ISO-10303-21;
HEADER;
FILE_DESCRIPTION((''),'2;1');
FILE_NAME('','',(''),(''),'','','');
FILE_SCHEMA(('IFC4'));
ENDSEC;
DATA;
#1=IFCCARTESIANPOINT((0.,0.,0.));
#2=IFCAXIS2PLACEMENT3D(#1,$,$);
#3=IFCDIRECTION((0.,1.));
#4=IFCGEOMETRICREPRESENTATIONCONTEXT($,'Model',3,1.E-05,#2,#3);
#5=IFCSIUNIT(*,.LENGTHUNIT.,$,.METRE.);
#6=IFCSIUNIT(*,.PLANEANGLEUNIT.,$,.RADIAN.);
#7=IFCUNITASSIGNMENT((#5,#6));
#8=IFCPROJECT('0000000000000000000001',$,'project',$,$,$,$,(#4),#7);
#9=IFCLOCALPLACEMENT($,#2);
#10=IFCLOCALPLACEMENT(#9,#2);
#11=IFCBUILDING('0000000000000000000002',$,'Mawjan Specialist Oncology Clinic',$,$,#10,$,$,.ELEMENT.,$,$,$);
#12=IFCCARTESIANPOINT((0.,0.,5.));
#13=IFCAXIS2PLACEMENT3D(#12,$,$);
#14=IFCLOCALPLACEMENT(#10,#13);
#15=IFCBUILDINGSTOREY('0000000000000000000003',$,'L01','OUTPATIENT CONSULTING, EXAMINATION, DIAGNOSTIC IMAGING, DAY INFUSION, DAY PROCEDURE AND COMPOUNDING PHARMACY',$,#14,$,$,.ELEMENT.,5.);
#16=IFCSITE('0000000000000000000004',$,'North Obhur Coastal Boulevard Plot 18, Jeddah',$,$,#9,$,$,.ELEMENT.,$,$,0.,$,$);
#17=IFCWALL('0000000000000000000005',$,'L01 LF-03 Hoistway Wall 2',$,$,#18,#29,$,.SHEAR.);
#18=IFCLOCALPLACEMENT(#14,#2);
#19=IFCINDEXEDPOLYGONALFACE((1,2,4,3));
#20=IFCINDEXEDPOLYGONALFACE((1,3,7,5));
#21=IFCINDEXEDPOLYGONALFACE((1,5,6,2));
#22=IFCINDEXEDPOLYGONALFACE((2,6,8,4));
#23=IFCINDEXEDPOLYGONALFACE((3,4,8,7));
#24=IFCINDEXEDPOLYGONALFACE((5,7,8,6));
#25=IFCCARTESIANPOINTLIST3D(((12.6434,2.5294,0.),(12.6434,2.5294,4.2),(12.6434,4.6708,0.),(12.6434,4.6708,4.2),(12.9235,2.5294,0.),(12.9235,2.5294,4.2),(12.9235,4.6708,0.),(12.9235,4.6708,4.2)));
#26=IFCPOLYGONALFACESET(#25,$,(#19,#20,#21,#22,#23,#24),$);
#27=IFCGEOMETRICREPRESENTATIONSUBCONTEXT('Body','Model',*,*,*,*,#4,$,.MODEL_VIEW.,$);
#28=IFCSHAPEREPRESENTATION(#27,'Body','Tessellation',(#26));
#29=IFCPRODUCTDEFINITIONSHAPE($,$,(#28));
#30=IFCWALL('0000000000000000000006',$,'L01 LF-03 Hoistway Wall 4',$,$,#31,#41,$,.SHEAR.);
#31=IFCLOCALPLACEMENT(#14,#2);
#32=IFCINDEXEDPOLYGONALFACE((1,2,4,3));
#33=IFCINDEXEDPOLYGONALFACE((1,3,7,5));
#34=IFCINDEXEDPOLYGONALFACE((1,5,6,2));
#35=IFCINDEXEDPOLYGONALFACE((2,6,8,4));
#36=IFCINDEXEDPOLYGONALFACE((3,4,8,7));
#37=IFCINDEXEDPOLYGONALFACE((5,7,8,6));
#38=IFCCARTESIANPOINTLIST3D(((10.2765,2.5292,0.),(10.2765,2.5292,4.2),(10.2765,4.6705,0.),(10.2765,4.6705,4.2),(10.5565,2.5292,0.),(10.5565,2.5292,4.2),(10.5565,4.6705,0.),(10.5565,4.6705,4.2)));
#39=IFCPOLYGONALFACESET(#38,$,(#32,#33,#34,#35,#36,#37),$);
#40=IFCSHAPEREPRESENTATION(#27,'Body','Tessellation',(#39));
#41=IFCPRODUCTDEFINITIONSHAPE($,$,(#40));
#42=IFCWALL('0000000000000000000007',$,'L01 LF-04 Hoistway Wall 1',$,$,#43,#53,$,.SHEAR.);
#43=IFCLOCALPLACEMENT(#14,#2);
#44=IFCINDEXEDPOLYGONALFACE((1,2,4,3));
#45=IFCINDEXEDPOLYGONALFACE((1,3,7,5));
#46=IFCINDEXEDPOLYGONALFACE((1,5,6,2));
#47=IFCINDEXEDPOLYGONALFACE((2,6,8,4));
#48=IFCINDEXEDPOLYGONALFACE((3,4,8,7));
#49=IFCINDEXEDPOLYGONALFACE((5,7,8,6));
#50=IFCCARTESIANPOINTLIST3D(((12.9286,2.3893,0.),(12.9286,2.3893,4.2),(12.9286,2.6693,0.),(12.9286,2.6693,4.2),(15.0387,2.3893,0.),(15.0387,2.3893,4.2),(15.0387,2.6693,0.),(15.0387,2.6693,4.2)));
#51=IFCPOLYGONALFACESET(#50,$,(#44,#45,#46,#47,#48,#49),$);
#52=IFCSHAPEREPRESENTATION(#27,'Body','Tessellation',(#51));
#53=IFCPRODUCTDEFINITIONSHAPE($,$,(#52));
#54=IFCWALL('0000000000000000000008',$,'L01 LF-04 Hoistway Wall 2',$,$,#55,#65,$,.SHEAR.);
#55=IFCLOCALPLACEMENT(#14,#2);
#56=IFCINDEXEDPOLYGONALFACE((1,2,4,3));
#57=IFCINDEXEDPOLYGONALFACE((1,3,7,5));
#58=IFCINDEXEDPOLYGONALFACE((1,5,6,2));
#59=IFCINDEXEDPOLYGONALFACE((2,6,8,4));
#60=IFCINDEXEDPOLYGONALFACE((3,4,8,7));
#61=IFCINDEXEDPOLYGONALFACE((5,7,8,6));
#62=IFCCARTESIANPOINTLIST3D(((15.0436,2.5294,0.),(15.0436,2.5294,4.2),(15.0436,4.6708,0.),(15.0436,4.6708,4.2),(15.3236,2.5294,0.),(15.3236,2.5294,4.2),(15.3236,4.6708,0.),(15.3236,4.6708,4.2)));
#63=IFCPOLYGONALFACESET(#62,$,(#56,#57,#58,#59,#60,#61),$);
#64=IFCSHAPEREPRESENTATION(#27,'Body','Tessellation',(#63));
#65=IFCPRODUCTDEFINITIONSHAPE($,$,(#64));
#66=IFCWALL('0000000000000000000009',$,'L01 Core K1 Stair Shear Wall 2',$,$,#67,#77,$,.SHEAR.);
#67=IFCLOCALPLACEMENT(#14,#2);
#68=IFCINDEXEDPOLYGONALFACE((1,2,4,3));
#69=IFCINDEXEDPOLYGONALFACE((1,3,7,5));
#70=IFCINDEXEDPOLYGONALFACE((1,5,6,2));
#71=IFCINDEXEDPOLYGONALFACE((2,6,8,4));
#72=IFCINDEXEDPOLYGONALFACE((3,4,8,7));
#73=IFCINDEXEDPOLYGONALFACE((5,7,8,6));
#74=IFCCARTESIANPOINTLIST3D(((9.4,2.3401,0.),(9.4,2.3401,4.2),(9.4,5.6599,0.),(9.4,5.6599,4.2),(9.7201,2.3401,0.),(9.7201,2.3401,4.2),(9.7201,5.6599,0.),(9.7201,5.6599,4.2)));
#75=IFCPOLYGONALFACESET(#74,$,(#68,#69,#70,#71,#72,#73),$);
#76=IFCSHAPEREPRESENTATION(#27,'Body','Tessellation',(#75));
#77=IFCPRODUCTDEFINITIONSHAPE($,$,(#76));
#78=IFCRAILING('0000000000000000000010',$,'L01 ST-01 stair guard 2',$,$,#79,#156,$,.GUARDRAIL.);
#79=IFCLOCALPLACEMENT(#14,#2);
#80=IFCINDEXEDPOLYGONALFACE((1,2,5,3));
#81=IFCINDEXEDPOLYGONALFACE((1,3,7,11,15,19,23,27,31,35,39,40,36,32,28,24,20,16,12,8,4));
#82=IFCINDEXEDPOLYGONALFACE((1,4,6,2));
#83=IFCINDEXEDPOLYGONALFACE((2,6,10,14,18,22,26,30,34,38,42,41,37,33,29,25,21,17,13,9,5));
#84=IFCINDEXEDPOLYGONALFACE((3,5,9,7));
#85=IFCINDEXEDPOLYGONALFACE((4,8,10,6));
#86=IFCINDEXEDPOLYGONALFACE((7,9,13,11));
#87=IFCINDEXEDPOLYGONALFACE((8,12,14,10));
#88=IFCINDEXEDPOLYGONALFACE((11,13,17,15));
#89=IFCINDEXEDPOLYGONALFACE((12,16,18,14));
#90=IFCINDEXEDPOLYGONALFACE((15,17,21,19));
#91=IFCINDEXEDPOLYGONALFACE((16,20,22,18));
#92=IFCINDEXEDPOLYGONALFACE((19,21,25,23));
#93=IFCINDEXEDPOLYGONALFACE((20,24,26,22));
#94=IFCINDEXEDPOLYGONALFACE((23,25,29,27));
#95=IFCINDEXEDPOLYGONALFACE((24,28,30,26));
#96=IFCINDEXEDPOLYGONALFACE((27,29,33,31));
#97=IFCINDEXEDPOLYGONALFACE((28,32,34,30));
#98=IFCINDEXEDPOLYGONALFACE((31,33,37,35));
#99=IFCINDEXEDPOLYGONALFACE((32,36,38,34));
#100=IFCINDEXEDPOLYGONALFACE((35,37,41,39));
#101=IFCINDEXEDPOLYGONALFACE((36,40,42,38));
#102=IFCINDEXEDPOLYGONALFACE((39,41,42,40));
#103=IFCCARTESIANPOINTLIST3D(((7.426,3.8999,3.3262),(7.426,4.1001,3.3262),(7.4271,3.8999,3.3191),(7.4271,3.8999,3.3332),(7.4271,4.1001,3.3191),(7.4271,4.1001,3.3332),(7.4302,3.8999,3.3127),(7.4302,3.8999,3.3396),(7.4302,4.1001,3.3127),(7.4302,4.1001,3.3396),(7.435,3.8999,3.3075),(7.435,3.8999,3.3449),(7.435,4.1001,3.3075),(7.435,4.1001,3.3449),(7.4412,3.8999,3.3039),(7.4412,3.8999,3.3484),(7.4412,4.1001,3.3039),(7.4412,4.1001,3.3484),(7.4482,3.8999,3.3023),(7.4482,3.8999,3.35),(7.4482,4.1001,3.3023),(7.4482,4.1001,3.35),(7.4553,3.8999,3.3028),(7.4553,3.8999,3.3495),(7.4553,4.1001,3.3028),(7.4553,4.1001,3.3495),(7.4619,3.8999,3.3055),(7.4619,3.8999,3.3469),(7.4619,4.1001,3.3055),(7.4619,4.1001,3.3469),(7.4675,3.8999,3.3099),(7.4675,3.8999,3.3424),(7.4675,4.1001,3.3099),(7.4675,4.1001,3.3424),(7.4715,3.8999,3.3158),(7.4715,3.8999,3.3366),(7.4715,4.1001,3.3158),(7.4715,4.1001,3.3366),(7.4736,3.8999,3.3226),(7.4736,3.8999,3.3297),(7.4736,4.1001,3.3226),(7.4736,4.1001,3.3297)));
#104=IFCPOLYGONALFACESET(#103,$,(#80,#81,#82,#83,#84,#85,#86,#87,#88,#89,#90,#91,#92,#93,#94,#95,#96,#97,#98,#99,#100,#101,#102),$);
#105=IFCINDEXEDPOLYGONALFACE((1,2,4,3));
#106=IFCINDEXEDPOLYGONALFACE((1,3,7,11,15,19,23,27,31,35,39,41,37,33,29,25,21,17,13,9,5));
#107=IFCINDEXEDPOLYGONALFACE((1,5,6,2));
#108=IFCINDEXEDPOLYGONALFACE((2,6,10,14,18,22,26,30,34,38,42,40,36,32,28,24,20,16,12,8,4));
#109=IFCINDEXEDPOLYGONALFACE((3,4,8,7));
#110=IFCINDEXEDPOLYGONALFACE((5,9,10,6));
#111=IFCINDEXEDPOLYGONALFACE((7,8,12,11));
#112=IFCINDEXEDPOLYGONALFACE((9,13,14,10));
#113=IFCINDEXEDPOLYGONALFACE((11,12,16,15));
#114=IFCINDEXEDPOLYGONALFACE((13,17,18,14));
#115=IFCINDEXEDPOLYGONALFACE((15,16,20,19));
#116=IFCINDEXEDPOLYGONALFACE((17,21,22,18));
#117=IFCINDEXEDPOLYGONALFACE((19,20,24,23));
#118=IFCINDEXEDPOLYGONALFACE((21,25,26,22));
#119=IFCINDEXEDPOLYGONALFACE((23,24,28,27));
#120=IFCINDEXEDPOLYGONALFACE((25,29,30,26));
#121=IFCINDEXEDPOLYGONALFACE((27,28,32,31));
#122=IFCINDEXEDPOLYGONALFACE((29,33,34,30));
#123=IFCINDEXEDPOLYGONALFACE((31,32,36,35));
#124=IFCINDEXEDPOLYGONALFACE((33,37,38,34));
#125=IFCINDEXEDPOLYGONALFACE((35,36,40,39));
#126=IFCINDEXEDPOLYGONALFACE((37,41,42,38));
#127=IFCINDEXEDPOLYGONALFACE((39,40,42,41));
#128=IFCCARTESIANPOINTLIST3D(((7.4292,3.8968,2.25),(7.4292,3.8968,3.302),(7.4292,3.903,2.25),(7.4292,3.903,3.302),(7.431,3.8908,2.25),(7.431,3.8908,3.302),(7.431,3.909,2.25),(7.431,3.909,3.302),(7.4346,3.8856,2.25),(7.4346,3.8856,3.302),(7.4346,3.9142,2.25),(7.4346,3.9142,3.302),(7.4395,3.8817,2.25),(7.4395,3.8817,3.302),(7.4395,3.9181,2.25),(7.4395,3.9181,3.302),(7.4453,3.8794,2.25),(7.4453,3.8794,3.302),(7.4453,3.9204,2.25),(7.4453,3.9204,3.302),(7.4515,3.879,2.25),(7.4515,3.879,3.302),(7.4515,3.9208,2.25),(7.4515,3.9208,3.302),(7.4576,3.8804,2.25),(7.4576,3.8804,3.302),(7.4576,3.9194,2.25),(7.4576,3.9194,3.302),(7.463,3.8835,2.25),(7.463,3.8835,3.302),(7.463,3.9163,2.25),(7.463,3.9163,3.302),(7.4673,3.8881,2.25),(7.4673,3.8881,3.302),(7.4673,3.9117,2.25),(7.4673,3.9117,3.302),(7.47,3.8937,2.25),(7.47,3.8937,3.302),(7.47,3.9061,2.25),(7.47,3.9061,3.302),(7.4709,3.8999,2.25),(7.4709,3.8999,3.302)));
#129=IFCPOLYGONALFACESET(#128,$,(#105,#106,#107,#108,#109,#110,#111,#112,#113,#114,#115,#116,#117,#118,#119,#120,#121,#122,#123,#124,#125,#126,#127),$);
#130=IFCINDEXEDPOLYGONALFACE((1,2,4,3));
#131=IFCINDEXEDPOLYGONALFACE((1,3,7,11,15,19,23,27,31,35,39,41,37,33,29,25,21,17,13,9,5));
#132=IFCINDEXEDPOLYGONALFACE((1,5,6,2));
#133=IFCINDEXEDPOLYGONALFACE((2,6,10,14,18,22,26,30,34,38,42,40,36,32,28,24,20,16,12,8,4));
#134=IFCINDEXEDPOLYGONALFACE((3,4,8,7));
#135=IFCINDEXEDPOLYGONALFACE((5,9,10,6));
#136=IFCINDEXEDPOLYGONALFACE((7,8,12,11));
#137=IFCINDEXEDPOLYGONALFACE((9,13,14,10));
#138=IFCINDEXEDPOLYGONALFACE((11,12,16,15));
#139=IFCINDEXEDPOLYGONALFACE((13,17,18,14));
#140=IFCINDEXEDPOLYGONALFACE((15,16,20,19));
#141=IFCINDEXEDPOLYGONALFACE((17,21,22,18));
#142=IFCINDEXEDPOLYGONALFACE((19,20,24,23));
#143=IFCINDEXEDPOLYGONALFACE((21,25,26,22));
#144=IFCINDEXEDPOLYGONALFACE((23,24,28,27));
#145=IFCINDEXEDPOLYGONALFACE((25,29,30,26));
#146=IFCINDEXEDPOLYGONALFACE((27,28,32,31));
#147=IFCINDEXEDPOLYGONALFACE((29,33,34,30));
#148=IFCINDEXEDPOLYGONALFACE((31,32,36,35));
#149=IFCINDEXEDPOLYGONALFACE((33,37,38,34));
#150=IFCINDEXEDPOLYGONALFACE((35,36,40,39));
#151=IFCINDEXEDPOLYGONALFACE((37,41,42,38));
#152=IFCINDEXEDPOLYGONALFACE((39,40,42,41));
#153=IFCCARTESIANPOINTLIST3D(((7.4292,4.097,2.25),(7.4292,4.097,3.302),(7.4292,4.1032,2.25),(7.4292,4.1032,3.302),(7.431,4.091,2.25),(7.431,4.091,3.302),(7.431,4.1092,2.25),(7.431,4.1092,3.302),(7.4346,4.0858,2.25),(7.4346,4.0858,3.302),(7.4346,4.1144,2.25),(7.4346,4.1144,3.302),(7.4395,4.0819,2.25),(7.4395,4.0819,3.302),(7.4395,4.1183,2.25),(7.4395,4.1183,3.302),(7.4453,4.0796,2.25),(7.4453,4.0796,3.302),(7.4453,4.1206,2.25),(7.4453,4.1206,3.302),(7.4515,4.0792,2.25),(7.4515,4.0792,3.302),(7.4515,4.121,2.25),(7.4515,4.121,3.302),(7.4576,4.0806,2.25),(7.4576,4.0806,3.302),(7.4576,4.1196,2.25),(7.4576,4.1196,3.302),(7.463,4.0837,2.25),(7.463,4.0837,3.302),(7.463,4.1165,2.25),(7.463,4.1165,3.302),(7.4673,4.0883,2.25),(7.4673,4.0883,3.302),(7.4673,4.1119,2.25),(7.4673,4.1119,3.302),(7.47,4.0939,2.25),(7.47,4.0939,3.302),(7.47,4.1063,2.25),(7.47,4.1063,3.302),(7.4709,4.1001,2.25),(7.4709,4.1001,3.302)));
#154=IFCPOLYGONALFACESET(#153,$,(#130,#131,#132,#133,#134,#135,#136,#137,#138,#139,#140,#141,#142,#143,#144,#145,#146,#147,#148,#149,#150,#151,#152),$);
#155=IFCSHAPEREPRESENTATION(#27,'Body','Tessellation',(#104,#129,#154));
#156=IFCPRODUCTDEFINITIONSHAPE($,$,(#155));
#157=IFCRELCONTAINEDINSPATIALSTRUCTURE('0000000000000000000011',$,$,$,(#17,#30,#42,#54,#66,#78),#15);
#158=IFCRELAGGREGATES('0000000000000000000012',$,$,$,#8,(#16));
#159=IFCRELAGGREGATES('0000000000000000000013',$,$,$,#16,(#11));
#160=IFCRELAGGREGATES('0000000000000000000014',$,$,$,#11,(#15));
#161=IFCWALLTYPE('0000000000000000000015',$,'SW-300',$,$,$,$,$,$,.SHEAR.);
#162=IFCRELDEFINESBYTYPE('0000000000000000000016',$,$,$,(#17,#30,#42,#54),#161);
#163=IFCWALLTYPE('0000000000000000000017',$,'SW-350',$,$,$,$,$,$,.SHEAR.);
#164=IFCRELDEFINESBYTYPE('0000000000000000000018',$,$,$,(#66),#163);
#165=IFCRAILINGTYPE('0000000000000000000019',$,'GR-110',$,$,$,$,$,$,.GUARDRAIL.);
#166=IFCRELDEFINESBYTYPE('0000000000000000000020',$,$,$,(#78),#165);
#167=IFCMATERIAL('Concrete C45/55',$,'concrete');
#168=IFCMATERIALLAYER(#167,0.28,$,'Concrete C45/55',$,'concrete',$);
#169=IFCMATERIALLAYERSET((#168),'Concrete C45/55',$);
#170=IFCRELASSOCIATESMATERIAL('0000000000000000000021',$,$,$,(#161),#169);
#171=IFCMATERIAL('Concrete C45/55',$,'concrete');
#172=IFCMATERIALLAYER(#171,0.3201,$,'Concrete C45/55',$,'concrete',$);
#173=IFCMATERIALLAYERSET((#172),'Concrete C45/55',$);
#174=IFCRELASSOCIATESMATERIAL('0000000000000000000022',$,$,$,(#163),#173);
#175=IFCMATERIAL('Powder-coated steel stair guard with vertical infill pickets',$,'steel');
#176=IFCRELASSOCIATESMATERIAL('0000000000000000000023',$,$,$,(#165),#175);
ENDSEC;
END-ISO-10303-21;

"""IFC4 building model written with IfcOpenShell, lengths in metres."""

from ifc_helpers import new_model, si_unit, direction, frame, frame_2d, origin, origin_2d, place, context, subcontext, project, spatial, rectangle, circle, extrude, material, layer, layer_set, type_object, element, save


model = new_model("IFC4")

# Units and contexts
model_context = context("Model", 3, precision=1e-05, world=origin(), true_north=direction((0.0, 1.0)))
body_context = subcontext(model_context, "Body", "Model", "MODEL_VIEW")
ifc_project = project(units=[si_unit("LENGTHUNIT", "METRE"), si_unit("PLANEANGLEUNIT", "RADIAN")], contexts=[model_context])

# Site, building, storey
site_placement = place(None, origin())
site = spatial("IfcSite", under=ifc_project, at=site_placement, Name="North Obhur Coastal Boulevard Plot 18, Jeddah", CompositionType="ELEMENT", RefElevation=0.0)
building_placement = place(site_placement, origin())
building = spatial("IfcBuilding", under=site, at=building_placement, Name="Mawjan Specialist Oncology Clinic", CompositionType="ELEMENT")
storey_placement = place(building_placement, frame((0.0, 0.0, 5.0)))
storey = spatial("IfcBuildingStorey", under=building, at=storey_placement, Name="L01", Description="OUTPATIENT CONSULTING, EXAMINATION, DIAGNOSTIC IMAGING, DAY INFUSION, DAY PROCEDURE AND COMPOUNDING PHARMACY", CompositionType="ELEMENT", Elevation=5.0)

# Wall
ifc_material_1 = material(Name="Concrete C45/55", Category="concrete")
ifc_layer_1 = layer(ifc_material_1, 0.28, Name="Concrete C45/55", Category="concrete")
ifc_layer_set_1 = layer_set([ifc_layer_1], Name="Concrete C45/55")
wall_type_1 = type_object("IfcWallType", Name="SW-300", PredefinedType="SHEAR", material=ifc_layer_set_1)
wall_1_placement = place(storey_placement, frame((12.7834, 2.5293, 0.0), z_axis=(0.0, 0.0, 1.0), x_axis=(0.0, 1.0, 0.0)))
element("IfcWall", 1, at=wall_1_placement, inside=storey, type_object=wall_type_1, Name="L01 LF-03 Hoistway Wall 2", PredefinedType="SHEAR", context=body_context, shape_type="SweptSolid", body=[
    extrude(rectangle(XDim=2.1414, YDim=0.28, at=frame_2d((1.0708, 0.0))), origin(), (0.0, 0.0, 1.0), 4.2),
])

# Walls
wall_2_placement = place(storey_placement, frame((10.4165, 4.6707, 0.0), z_axis=(0.0, 0.0, 1.0), x_axis=(0.0, -1.0, 0.0)))
element("IfcWall", 2, at=wall_2_placement, inside=storey, type_object=wall_type_1, Name="L01 LF-03 Hoistway Wall 4", PredefinedType="SHEAR", context=body_context, shape_type="SweptSolid", body=[
    extrude(rectangle(XDim=2.1414, YDim=0.28, at=frame_2d((1.0708, 0.0))), origin(), (0.0, 0.0, 1.0), 4.2),
])
wall_3_placement = place(storey_placement, frame((12.9285, 2.5293, 0.0), z_axis=(0.0, 0.0, 1.0), x_axis=(1.0, 0.0, 0.0)))
element("IfcWall", 3, at=wall_3_placement, inside=storey, type_object=wall_type_1, Name="L01 LF-04 Hoistway Wall 1", PredefinedType="SHEAR", context=body_context, shape_type="SweptSolid", body=[
    extrude(rectangle(XDim=2.1101, YDim=0.28, at=frame_2d((1.0552, 0.0))), origin(), (0.0, 0.0, 1.0), 4.2),
])
wall_4_placement = place(storey_placement, frame((15.1836, 2.5293, 0.0), z_axis=(0.0, 0.0, 1.0), x_axis=(0.0, 1.0, 0.0)))
element("IfcWall", 4, at=wall_4_placement, inside=storey, type_object=wall_type_1, Name="L01 LF-04 Hoistway Wall 2", PredefinedType="SHEAR", context=body_context, shape_type="SweptSolid", body=[
    extrude(rectangle(XDim=2.1414, YDim=0.28, at=frame_2d((1.0708, 0.0))), origin(), (0.0, 0.0, 1.0), 4.2),
])
ifc_material_2 = material(Name="Concrete C45/55", Category="concrete")
ifc_layer_2 = layer(ifc_material_2, 0.3201, Name="Concrete C45/55", Category="concrete")
ifc_layer_set_2 = layer_set([ifc_layer_2], Name="Concrete C45/55")
wall_type_2 = type_object("IfcWallType", Name="SW-350", PredefinedType="SHEAR", material=ifc_layer_set_2)
wall_5_placement = place(storey_placement, frame((9.5601, 2.3401, 0.0), z_axis=(0.0, 0.0, 1.0), x_axis=(0.0, 1.0, 0.0)))
element("IfcWall", 5, at=wall_5_placement, inside=storey, type_object=wall_type_2, Name="L01 Core K1 Stair Shear Wall 2", PredefinedType="SHEAR", context=body_context, shape_type="SweptSolid", body=[
    extrude(rectangle(XDim=3.3198, YDim=0.3201, at=frame_2d((1.6599, 0.0))), origin(), (0.0, 0.0, 1.0), 4.2),
])

# Railing
ifc_material_3 = material(Name="Powder-coated steel stair guard with vertical infill pickets", Category="steel")
railing_type = type_object("IfcRailingType", Name="GR-110", PredefinedType="GUARDRAIL", material=ifc_material_3)
railing_1_placement = place(storey_placement, frame((7.45, 3.8999, 2.25)))
element("IfcRailing", 6, at=railing_1_placement, inside=storey, type_object=railing_type, Name="L01 ST-01 stair guard 2", PredefinedType="GUARDRAIL", context=body_context, shape_type="SweptSolid", body=[
    extrude(circle(Radius=0.0239, at=origin_2d()), frame((0.0, 0.0, 1.0762), z_axis=(0.0, 1.0, 0.0), x_axis=(-1.0, 0.0, 0.0)), (0.0, 0.0, 1.0), 0.2002),
    extrude(circle(Radius=0.021, at=origin_2d()), origin(), (0.0, 0.0, 1.0), 1.052),
    extrude(circle(Radius=0.021, at=origin_2d()), frame((0.0, 0.2002, 0.0)), (0.0, 0.0, 1.0), 1.052),
])

save(model, "model.ifc")
